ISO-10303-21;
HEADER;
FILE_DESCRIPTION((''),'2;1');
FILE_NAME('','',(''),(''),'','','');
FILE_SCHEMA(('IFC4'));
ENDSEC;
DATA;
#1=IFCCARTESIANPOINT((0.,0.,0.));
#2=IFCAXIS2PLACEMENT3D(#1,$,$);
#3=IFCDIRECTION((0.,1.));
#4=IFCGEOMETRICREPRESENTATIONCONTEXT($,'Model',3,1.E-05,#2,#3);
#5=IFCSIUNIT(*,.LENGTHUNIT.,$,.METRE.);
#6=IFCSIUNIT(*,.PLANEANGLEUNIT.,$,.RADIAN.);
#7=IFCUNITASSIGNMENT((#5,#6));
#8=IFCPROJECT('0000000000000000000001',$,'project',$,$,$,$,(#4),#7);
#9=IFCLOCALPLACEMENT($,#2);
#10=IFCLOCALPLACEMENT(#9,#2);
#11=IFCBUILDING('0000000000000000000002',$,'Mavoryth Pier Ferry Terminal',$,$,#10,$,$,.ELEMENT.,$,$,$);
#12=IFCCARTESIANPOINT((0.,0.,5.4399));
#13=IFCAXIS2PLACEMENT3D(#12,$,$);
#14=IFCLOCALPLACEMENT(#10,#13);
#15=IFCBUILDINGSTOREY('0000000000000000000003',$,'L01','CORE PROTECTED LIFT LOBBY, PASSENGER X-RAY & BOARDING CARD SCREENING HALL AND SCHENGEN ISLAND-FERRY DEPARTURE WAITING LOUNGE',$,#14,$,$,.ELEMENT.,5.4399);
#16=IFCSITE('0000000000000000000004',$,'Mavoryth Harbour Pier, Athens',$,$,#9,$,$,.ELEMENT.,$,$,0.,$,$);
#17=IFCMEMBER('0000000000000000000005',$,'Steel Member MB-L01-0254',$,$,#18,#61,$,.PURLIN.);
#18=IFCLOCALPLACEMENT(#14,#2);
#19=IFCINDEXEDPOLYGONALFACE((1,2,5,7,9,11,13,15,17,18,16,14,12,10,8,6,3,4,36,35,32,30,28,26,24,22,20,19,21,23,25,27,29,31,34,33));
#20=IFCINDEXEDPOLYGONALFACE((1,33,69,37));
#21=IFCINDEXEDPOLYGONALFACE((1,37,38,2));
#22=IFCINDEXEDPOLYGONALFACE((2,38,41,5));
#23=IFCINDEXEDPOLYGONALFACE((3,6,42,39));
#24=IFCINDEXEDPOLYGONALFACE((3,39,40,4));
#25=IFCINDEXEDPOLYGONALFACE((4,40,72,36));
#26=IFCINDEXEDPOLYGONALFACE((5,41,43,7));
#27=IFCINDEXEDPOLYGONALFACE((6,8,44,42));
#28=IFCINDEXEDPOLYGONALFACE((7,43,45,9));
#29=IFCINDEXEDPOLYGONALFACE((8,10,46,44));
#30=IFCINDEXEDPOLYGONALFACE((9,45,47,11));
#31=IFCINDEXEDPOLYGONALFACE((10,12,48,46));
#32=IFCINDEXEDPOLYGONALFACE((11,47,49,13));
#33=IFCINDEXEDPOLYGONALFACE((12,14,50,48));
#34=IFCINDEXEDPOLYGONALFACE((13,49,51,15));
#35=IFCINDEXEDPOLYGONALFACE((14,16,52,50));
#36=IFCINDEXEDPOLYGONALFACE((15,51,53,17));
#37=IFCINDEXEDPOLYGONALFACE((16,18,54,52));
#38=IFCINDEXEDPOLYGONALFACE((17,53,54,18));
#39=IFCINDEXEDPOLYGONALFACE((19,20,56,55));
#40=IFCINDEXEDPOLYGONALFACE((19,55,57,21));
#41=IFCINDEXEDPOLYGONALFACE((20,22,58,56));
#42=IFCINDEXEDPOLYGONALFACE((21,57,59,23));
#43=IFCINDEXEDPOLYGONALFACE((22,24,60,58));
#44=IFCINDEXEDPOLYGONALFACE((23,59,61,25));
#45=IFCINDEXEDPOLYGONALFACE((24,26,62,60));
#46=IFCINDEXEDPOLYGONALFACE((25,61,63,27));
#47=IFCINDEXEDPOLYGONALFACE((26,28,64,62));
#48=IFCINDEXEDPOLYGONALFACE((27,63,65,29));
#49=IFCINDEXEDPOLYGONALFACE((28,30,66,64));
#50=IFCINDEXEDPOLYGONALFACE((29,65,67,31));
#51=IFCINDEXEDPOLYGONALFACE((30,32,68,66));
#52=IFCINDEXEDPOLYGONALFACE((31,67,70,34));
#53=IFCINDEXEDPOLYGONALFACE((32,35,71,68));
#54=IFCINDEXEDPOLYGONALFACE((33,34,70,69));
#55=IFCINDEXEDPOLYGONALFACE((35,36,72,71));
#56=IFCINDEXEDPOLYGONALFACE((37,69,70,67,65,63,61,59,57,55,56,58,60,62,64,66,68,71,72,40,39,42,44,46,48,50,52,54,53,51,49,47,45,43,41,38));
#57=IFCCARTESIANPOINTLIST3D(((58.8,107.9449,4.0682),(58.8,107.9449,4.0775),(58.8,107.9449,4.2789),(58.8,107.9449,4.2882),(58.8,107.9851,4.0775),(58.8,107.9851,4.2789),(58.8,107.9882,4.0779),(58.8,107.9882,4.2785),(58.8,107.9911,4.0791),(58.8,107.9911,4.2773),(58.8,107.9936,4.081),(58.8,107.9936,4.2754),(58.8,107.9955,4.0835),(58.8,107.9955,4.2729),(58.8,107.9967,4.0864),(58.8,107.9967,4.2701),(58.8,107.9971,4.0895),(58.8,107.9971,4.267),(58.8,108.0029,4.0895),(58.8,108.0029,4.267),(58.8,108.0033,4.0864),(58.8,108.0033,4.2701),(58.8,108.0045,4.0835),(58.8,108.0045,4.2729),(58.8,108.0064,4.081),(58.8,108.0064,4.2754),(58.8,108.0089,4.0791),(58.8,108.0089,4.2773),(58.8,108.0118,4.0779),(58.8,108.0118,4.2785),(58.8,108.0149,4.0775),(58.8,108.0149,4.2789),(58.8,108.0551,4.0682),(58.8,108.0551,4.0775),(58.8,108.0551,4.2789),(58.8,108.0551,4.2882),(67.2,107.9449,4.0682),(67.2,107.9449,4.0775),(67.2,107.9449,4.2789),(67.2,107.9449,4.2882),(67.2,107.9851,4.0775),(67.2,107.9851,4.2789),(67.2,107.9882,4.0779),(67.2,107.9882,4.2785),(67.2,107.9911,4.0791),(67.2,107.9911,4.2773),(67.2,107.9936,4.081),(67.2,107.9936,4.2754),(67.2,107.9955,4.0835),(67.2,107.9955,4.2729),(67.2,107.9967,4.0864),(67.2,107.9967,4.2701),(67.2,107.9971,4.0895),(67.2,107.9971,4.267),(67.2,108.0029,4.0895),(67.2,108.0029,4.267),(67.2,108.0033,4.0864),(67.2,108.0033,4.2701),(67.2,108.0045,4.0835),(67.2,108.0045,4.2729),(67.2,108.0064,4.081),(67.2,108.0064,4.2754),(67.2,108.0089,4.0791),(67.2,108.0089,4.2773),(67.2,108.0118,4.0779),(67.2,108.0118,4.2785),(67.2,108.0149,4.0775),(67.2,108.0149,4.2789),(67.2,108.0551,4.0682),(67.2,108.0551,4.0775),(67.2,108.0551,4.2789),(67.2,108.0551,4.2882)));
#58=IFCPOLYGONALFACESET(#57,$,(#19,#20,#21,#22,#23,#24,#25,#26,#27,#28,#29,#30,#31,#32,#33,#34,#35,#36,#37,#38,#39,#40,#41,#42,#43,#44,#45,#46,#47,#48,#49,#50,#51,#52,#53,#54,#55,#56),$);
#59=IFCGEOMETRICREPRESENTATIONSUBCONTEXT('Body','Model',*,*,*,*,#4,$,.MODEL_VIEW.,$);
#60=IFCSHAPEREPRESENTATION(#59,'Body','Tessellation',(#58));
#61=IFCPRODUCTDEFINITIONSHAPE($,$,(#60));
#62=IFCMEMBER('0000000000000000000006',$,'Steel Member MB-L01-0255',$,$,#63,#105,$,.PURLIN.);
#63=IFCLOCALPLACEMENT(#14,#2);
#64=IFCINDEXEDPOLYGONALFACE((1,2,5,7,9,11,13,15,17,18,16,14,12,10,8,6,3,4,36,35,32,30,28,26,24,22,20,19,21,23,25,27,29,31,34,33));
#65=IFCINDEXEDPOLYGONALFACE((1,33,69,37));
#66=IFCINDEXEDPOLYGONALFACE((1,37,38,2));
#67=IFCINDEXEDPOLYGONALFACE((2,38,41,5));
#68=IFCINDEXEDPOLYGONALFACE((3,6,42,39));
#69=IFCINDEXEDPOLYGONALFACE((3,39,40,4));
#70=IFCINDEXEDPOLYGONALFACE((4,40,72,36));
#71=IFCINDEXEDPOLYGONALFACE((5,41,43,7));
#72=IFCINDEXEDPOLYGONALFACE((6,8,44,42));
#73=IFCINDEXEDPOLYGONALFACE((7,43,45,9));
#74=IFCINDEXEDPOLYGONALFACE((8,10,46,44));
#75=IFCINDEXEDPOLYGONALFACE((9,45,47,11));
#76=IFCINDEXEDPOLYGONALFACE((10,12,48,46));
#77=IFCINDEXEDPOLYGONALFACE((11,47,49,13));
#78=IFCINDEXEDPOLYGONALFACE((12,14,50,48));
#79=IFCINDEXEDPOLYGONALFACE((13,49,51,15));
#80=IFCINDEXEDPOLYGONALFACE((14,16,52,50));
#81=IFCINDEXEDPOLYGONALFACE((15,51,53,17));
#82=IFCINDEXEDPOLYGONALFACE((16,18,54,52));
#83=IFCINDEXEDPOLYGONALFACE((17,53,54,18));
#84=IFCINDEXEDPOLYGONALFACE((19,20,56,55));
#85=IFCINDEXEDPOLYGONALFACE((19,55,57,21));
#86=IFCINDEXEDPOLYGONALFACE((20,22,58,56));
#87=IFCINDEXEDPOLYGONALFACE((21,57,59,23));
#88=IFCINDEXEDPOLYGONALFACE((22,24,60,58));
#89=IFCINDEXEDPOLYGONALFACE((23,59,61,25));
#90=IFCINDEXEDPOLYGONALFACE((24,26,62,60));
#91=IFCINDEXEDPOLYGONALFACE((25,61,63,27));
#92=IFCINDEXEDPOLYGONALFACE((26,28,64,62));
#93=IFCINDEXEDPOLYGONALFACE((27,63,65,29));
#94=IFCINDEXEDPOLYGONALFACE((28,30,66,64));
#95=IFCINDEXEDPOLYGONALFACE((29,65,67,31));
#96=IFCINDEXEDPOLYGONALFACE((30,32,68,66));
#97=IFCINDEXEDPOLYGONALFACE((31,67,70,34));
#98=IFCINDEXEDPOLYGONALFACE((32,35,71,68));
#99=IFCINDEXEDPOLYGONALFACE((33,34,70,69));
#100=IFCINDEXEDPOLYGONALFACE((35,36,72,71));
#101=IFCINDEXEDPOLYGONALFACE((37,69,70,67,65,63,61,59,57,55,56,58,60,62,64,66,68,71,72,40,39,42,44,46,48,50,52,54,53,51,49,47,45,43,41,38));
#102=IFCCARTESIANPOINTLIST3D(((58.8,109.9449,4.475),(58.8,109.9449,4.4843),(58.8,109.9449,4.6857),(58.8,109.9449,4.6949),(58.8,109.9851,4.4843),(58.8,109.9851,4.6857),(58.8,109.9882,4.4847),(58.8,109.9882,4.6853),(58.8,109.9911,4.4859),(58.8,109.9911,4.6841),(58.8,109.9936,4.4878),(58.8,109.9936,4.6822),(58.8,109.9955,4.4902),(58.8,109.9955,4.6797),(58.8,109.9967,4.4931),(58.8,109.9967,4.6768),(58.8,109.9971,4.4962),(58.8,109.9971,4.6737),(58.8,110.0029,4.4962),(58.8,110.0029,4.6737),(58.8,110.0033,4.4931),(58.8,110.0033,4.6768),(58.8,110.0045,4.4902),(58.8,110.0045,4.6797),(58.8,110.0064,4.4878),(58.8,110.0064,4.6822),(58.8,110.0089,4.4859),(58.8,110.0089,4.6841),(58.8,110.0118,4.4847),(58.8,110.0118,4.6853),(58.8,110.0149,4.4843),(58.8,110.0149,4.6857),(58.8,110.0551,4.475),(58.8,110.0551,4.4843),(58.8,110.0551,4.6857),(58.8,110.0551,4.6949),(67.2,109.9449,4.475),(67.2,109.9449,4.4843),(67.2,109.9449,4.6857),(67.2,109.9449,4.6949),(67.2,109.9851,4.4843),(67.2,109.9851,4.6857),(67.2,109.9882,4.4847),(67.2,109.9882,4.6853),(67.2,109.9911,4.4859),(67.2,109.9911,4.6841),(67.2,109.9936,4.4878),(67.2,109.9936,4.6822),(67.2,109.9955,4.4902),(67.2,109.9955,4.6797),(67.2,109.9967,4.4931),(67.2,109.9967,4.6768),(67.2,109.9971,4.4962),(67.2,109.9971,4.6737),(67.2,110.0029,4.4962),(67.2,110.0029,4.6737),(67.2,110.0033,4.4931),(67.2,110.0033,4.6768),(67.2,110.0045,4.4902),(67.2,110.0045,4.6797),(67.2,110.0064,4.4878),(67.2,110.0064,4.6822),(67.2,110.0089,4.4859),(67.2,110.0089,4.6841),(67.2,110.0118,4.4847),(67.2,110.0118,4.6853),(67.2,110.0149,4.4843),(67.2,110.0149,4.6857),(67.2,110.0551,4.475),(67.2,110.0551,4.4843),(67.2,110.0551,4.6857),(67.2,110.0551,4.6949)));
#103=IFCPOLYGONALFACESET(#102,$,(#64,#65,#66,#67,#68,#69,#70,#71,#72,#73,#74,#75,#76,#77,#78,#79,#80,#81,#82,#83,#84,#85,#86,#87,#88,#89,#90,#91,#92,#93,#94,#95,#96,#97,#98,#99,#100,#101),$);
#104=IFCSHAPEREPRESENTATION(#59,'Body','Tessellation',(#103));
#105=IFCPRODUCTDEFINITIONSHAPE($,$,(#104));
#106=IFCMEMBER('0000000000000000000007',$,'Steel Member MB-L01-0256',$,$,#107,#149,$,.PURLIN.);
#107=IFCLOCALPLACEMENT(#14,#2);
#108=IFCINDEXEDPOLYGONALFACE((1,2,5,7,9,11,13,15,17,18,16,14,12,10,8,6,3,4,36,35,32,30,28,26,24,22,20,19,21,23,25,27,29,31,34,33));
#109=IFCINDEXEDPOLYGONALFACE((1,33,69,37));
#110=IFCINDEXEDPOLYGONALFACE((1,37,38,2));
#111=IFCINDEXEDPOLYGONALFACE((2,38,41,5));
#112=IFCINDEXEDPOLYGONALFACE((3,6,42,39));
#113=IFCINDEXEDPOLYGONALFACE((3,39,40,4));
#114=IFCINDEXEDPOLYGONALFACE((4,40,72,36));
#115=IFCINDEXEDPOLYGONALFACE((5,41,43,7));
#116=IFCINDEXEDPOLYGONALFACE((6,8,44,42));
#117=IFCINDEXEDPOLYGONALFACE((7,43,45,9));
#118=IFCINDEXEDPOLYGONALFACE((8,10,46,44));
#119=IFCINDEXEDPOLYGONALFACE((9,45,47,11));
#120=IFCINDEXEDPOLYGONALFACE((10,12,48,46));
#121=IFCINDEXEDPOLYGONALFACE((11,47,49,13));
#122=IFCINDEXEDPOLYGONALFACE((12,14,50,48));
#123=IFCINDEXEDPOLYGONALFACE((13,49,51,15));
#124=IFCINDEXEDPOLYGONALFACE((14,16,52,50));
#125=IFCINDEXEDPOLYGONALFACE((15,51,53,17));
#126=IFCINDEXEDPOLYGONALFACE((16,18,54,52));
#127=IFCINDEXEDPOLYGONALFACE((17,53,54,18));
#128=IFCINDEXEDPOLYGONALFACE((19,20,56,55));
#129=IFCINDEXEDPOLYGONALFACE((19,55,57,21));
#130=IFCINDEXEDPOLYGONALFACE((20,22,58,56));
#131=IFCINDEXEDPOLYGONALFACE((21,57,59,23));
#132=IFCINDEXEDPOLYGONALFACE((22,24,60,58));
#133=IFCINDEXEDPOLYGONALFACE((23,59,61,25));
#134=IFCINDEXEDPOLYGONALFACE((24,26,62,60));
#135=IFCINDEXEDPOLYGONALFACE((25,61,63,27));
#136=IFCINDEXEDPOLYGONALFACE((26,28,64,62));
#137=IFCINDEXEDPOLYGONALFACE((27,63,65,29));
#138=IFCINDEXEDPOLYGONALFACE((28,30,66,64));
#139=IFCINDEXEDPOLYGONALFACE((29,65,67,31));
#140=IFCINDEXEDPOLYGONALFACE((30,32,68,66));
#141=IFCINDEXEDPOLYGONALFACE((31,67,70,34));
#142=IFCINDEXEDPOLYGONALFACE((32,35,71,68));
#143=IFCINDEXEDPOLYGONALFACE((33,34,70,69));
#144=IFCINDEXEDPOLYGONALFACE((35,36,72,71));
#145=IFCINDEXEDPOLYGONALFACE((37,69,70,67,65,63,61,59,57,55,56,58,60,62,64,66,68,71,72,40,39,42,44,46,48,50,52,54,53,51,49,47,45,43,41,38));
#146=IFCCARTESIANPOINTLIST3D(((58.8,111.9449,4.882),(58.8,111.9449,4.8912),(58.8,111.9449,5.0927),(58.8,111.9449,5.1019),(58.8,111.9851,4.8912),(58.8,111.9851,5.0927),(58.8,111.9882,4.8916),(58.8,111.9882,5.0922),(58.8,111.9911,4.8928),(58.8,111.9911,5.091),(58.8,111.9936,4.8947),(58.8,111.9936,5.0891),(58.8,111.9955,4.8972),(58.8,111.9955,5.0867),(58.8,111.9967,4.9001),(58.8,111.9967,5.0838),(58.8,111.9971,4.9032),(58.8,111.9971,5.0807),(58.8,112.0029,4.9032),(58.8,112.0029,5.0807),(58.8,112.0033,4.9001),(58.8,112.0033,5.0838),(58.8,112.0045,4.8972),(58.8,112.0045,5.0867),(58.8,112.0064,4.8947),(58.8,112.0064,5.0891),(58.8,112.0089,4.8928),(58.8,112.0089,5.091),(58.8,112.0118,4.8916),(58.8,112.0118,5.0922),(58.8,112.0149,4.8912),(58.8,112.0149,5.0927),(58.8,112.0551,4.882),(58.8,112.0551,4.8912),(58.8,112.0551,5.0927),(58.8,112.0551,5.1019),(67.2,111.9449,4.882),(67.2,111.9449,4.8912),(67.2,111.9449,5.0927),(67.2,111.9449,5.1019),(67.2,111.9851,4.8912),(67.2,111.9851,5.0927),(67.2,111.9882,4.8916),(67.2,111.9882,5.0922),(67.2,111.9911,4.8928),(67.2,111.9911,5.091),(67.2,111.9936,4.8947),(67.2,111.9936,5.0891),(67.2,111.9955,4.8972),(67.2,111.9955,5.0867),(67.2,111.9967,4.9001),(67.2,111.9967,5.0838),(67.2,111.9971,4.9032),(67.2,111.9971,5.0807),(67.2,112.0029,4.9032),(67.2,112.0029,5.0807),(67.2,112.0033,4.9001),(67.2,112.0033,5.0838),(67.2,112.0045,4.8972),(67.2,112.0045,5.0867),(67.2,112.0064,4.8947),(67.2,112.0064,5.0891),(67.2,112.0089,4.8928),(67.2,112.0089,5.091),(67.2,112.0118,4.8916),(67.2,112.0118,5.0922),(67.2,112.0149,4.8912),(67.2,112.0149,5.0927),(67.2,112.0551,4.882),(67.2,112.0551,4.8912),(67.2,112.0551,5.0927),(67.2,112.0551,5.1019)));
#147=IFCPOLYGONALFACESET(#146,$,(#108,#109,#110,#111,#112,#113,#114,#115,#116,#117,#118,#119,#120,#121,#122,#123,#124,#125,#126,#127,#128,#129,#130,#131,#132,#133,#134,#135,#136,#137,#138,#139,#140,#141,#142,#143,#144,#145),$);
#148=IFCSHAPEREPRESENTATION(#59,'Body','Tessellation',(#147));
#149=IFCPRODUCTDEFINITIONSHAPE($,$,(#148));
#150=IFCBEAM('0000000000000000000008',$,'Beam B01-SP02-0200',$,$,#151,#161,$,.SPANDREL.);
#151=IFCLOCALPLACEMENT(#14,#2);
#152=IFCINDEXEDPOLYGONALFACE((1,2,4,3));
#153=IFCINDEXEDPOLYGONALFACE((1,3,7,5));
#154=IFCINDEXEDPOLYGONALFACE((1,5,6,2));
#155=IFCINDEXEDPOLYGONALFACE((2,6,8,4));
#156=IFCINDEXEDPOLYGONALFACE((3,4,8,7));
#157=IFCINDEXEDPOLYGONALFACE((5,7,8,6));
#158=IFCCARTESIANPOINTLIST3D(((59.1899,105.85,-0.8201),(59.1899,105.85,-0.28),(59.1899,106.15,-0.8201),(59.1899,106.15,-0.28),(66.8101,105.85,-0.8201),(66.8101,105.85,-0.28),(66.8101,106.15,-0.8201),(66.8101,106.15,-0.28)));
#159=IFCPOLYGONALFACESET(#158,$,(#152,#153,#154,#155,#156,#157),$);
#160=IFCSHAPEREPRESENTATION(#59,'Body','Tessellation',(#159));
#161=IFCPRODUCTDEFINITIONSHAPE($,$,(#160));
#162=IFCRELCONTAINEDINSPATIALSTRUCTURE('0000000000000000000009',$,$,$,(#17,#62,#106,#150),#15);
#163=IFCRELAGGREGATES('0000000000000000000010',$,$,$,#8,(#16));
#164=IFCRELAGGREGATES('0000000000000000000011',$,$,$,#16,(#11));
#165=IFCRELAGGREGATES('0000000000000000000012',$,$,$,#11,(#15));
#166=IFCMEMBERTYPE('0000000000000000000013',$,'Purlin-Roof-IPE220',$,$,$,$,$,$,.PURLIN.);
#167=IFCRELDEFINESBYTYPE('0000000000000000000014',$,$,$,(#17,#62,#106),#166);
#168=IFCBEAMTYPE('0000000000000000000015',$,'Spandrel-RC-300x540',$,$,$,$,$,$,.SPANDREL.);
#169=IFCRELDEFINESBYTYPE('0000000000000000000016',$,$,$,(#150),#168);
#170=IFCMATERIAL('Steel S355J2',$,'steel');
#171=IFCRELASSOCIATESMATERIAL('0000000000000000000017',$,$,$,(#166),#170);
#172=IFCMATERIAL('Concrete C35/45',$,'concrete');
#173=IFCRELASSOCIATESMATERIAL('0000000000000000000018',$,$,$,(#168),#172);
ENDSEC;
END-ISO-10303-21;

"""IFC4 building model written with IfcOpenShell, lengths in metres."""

from ifc_helpers import new_model, si_unit, direction, frame, origin, origin_2d, place, context, subcontext, project, spatial, rectangle, i_section, extrude, material, material_profile, profile_set, type_object, element, save


model = new_model("IFC4")

# Units and contexts
model_context = context("Model", 3, precision=1e-05, world=origin(), true_north=direction((0.0, 1.0)))
body_context = subcontext(model_context, "Body", "Model", "MODEL_VIEW")
ifc_project = project(units=[si_unit("LENGTHUNIT", "METRE"), si_unit("PLANEANGLEUNIT", "RADIAN")], contexts=[model_context])

# Site, building, storey
site_placement = place(None, origin())
site = spatial("IfcSite", under=ifc_project, at=site_placement, Name="Mavoryth Harbour Pier, Athens", CompositionType="ELEMENT", RefElevation=0.0)
building_placement = place(site_placement, origin())
building = spatial("IfcBuilding", under=site, at=building_placement, Name="Mavoryth Pier Ferry Terminal", CompositionType="ELEMENT")
storey_placement = place(building_placement, frame((0.0, 0.0, 5.4399)))
storey = spatial("IfcBuildingStorey", under=building, at=storey_placement, Name="L01", Description="CORE PROTECTED LIFT LOBBY, PASSENGER X-RAY & BOARDING CARD SCREENING HALL AND SCHENGEN ISLAND-FERRY DEPARTURE WAITING LOUNGE", CompositionType="ELEMENT", Elevation=5.4399)

# Shared definitions
ifc_material_1 = material(Name="Steel S355J2", Category="steel")

# Members
ifc_material_profile_1 = material_profile(ifc_material_1, i_section(OverallWidth=0.1101, OverallDepth=0.22, WebThickness=0.0059, FlangeThickness=0.0093, FilletRadius=0.012, at=origin_2d()), Name="IPE 220", Category="steel")
ifc_profile_set_1 = profile_set([ifc_material_profile_1], Name="Steel S355J2 - IPE 220")
member_type_1 = type_object("IfcMemberType", Name="Purlin-Roof-IPE220", PredefinedType="PURLIN", material=ifc_profile_set_1)
for number, where, z_axis, x_axis, name in (
    (1, (58.8, 108.0, 4.1782), (1.0, 0.0, 0.0), (0.0, 1.0, 0.0), "Steel Member MB-L01-0254"),
    (2, (58.8, 110.0, 4.585), (1.0, 0.0, 0.0), (0.0, 1.0, 0.0), "Steel Member MB-L01-0255"),
    (3, (58.8, 112.0, 4.9919), (1.0, 0.0, 0.0), (0.0, 1.0, 0.0), "Steel Member MB-L01-0256"),
):
    element("IfcMember", number, at=place(storey_placement, frame(where, z_axis=z_axis, x_axis=x_axis)), inside=storey, type_object=member_type_1, Name=name, PredefinedType="PURLIN", context=body_context, shape_type="SweptSolid", body=[
        extrude(i_section(OverallWidth=0.1101, OverallDepth=0.22, WebThickness=0.0059, FlangeThickness=0.0093, FilletRadius=0.012, at=origin_2d()), origin(), (0.0, 0.0, 1.0), 8.3999),
    ])

# Beam
ifc_material_2 = material(Name="Concrete C35/45", Category="concrete")
ifc_material_profile_2 = material_profile(ifc_material_2, rectangle(XDim=0.3, YDim=0.54, at=origin_2d()), Name="RC 300x540", Category="concrete")
ifc_profile_set_2 = profile_set([ifc_material_profile_2], Name="Concrete C35/45 - RC 300x540")
beam_type_1 = type_object("IfcBeamType", Name="Spandrel-RC-300x540", PredefinedType="SPANDREL", material=ifc_profile_set_2)
beam_1_placement = place(storey_placement, frame((59.1899, 106.0, -0.55), z_axis=(1.0, 0.0, 0.0), x_axis=(0.0, 1.0, 0.0)))
element("IfcBeam", 4, at=beam_1_placement, inside=storey, type_object=beam_type_1, Name="Beam B01-SP02-0200", PredefinedType="SPANDREL", context=body_context, shape_type="SweptSolid", body=[
    extrude(rectangle(XDim=0.3, YDim=0.54, at=origin_2d()), origin(), (0.0, 0.0, 1.0), 7.6201),
])

save(model, "model.ifc")
